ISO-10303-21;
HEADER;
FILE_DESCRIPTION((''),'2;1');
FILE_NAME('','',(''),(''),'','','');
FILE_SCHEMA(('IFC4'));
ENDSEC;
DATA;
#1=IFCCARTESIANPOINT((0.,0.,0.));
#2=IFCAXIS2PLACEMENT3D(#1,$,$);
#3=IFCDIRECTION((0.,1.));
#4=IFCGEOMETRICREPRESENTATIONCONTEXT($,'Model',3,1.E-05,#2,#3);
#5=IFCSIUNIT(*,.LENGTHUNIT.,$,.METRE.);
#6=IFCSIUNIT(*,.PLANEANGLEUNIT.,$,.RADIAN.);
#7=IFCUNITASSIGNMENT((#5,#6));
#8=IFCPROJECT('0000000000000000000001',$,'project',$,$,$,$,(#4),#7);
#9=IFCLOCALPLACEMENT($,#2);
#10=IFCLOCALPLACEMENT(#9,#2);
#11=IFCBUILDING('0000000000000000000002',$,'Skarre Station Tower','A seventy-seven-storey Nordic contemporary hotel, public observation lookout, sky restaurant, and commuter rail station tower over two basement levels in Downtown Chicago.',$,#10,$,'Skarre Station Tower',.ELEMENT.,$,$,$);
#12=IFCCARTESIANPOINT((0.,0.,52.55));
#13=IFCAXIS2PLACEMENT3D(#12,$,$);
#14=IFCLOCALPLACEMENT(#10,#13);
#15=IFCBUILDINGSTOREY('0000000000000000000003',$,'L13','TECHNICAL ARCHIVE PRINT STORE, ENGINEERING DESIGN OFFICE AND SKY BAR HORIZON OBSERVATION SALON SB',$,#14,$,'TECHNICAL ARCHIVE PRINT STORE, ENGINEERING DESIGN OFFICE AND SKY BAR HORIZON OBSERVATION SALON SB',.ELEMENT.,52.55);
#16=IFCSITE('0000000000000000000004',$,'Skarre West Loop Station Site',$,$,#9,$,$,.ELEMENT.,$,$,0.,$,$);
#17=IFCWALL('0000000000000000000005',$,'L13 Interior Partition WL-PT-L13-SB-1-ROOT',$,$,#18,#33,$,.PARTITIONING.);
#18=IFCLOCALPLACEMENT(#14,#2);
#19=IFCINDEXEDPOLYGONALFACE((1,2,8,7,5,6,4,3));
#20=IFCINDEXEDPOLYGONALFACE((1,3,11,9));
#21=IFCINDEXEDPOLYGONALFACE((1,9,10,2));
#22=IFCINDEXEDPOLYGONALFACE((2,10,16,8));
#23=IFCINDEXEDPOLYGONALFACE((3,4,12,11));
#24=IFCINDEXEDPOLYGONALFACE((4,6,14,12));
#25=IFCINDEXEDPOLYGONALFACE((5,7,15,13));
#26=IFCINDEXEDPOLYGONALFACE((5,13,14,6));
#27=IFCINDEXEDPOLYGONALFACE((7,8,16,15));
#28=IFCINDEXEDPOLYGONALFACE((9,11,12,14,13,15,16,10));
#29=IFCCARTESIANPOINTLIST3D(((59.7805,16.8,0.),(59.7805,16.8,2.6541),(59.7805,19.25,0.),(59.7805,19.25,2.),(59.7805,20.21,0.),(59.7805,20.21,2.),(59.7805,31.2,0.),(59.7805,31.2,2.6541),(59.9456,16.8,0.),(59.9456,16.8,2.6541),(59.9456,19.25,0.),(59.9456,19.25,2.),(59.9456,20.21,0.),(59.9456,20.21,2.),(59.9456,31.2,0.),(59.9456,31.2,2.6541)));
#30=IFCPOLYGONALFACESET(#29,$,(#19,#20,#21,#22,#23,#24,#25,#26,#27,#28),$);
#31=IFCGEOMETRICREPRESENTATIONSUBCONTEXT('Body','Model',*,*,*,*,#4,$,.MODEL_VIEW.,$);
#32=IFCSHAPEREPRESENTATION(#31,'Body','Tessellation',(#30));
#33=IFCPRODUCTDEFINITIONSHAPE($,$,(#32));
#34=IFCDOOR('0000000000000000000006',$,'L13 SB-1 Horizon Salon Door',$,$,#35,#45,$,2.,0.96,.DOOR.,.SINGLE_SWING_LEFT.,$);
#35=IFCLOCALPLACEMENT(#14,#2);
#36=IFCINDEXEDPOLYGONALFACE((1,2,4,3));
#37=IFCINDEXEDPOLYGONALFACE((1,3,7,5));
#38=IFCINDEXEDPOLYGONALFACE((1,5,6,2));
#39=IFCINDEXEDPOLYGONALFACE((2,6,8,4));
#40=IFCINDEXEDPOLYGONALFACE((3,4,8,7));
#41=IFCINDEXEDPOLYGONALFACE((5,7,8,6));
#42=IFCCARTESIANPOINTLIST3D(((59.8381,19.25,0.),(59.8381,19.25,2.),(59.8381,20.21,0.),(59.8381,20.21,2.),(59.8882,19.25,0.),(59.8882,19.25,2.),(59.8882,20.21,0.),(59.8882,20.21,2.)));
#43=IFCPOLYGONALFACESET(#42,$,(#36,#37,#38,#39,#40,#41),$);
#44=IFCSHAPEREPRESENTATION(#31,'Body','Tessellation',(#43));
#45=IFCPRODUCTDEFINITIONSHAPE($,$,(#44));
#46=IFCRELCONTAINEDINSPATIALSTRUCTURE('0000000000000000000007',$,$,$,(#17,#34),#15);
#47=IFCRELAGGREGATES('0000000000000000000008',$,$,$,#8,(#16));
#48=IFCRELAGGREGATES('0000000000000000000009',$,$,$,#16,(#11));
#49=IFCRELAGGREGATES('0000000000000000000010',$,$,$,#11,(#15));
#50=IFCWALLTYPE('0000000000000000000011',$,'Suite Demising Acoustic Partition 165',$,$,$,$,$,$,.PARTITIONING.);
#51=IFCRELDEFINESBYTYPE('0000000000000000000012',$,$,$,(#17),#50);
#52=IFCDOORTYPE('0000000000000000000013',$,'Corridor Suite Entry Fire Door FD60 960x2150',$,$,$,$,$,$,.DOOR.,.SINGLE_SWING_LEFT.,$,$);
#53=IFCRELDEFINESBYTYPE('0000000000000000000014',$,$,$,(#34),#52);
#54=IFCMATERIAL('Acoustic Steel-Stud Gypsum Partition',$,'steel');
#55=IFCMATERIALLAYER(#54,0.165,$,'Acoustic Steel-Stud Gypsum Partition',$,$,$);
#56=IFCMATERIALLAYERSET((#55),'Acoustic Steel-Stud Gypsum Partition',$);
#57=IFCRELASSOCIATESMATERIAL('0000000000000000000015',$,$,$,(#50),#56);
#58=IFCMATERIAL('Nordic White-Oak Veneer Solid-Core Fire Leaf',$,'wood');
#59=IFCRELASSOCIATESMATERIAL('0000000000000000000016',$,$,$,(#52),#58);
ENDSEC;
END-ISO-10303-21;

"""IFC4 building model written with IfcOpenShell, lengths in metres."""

from ifc_helpers import new_model, si_unit, direction, frame, frame_2d, origin, place, context, subcontext, project, spatial, rectangle, extrude, material, layer, layer_set, type_object, element, fill, save


model = new_model("IFC4")

# Units and contexts
model_context = context("Model", 3, precision=1e-05, world=origin(), true_north=direction((0.0, 1.0)))
body_context = subcontext(model_context, "Body", "Model", "MODEL_VIEW")
ifc_project = project(units=[si_unit("LENGTHUNIT", "METRE"), si_unit("PLANEANGLEUNIT", "RADIAN")], contexts=[model_context])

# Site, building, storey
site_placement = place(None, origin())
site = spatial("IfcSite", under=ifc_project, at=site_placement, Name="Skarre West Loop Station Site", CompositionType="ELEMENT", RefElevation=0.0)
building_placement = place(site_placement, origin())
building = spatial("IfcBuilding", under=site, at=building_placement, Name="Skarre Station Tower", Description="A seventy-seven-storey Nordic contemporary hotel, public observation lookout, sky restaurant, and commuter rail station tower over two basement levels in Downtown Chicago.", LongName="Skarre Station Tower", CompositionType="ELEMENT")
storey_placement = place(building_placement, frame((0.0, 0.0, 52.55)))
storey = spatial("IfcBuildingStorey", under=building, at=storey_placement, Name="L13", Description="TECHNICAL ARCHIVE PRINT STORE, ENGINEERING DESIGN OFFICE AND SKY BAR HORIZON OBSERVATION SALON SB", LongName="TECHNICAL ARCHIVE PRINT STORE, ENGINEERING DESIGN OFFICE AND SKY BAR HORIZON OBSERVATION SALON SB", CompositionType="ELEMENT", Elevation=52.55)

# Wall, opening, door
ifc_material_1 = material(Name="Acoustic Steel-Stud Gypsum Partition", Category="steel")
ifc_layer_1 = layer(ifc_material_1, 0.165, Name="Acoustic Steel-Stud Gypsum Partition")
ifc_layer_set_1 = layer_set([ifc_layer_1], Name="Acoustic Steel-Stud Gypsum Partition")
wall_type_1 = type_object("IfcWallType", Name="Suite Demising Acoustic Partition 165", PredefinedType="PARTITIONING", material=ifc_layer_set_1)
wall_1_placement = place(storey_placement, frame((59.863, 16.8, 0.0), z_axis=(0.0, 0.0, 1.0), x_axis=(0.0, 1.0, 0.0)))
wall_1 = element("IfcWall", 1, at=wall_1_placement, inside=storey, type_object=wall_type_1, Name="L13 Interior Partition WL-PT-L13-SB-1-ROOT", PredefinedType="PARTITIONING", context=body_context, shape_type="SweptSolid", body=[
    extrude(rectangle(XDim=14.3999, YDim=0.165, at=frame_2d((7.2, 0.0))), origin(), (0.0, 0.0, 1.0), 2.6541),
])
opening_1_placement = place(wall_1_placement, frame((2.45, 0.0, 0.0)))
opening_1 = element("IfcOpeningElement", 2, at=opening_1_placement, cuts=wall_1, PredefinedType="OPENING", context=body_context, shape_type="SweptSolid", body=[
    extrude(rectangle(XDim=0.96, YDim=2.0, at=frame_2d((0.48, 1.0))), frame((0.0, 0.0925, 0.0), z_axis=(0.0, -1.0, 0.0), x_axis=(1.0, 0.0, 0.0)), (0.0, 0.0, 1.0), 0.1851),
])
ifc_material_2 = material(Name="Nordic White-Oak Veneer Solid-Core Fire Leaf", Category="wood")
door_type = type_object("IfcDoorType", Name="Corridor Suite Entry Fire Door FD60 960x2150", OperationType="SINGLE_SWING_LEFT", PredefinedType="DOOR", material=ifc_material_2)
door_placement = place(opening_1_placement, origin())
door = element("IfcDoor", 3, at=door_placement, inside=storey, type_object=door_type, Name="L13 SB-1 Horizon Salon Door", OperationType="SINGLE_SWING_LEFT", OverallHeight=2.0, OverallWidth=0.96, PredefinedType="DOOR", context=body_context, shape_type="SweptSolid", body=[
    extrude(rectangle(XDim=0.96, YDim=2.0, at=frame_2d((0.48, 1.0))), frame((0.0, 0.0249, 0.0), z_axis=(0.0, -1.0, 0.0), x_axis=(1.0, 0.0, 0.0)), (0.0, 0.0, 1.0), 0.05),
])
fill(opening_1, door)

save(model, "model.ifc")
